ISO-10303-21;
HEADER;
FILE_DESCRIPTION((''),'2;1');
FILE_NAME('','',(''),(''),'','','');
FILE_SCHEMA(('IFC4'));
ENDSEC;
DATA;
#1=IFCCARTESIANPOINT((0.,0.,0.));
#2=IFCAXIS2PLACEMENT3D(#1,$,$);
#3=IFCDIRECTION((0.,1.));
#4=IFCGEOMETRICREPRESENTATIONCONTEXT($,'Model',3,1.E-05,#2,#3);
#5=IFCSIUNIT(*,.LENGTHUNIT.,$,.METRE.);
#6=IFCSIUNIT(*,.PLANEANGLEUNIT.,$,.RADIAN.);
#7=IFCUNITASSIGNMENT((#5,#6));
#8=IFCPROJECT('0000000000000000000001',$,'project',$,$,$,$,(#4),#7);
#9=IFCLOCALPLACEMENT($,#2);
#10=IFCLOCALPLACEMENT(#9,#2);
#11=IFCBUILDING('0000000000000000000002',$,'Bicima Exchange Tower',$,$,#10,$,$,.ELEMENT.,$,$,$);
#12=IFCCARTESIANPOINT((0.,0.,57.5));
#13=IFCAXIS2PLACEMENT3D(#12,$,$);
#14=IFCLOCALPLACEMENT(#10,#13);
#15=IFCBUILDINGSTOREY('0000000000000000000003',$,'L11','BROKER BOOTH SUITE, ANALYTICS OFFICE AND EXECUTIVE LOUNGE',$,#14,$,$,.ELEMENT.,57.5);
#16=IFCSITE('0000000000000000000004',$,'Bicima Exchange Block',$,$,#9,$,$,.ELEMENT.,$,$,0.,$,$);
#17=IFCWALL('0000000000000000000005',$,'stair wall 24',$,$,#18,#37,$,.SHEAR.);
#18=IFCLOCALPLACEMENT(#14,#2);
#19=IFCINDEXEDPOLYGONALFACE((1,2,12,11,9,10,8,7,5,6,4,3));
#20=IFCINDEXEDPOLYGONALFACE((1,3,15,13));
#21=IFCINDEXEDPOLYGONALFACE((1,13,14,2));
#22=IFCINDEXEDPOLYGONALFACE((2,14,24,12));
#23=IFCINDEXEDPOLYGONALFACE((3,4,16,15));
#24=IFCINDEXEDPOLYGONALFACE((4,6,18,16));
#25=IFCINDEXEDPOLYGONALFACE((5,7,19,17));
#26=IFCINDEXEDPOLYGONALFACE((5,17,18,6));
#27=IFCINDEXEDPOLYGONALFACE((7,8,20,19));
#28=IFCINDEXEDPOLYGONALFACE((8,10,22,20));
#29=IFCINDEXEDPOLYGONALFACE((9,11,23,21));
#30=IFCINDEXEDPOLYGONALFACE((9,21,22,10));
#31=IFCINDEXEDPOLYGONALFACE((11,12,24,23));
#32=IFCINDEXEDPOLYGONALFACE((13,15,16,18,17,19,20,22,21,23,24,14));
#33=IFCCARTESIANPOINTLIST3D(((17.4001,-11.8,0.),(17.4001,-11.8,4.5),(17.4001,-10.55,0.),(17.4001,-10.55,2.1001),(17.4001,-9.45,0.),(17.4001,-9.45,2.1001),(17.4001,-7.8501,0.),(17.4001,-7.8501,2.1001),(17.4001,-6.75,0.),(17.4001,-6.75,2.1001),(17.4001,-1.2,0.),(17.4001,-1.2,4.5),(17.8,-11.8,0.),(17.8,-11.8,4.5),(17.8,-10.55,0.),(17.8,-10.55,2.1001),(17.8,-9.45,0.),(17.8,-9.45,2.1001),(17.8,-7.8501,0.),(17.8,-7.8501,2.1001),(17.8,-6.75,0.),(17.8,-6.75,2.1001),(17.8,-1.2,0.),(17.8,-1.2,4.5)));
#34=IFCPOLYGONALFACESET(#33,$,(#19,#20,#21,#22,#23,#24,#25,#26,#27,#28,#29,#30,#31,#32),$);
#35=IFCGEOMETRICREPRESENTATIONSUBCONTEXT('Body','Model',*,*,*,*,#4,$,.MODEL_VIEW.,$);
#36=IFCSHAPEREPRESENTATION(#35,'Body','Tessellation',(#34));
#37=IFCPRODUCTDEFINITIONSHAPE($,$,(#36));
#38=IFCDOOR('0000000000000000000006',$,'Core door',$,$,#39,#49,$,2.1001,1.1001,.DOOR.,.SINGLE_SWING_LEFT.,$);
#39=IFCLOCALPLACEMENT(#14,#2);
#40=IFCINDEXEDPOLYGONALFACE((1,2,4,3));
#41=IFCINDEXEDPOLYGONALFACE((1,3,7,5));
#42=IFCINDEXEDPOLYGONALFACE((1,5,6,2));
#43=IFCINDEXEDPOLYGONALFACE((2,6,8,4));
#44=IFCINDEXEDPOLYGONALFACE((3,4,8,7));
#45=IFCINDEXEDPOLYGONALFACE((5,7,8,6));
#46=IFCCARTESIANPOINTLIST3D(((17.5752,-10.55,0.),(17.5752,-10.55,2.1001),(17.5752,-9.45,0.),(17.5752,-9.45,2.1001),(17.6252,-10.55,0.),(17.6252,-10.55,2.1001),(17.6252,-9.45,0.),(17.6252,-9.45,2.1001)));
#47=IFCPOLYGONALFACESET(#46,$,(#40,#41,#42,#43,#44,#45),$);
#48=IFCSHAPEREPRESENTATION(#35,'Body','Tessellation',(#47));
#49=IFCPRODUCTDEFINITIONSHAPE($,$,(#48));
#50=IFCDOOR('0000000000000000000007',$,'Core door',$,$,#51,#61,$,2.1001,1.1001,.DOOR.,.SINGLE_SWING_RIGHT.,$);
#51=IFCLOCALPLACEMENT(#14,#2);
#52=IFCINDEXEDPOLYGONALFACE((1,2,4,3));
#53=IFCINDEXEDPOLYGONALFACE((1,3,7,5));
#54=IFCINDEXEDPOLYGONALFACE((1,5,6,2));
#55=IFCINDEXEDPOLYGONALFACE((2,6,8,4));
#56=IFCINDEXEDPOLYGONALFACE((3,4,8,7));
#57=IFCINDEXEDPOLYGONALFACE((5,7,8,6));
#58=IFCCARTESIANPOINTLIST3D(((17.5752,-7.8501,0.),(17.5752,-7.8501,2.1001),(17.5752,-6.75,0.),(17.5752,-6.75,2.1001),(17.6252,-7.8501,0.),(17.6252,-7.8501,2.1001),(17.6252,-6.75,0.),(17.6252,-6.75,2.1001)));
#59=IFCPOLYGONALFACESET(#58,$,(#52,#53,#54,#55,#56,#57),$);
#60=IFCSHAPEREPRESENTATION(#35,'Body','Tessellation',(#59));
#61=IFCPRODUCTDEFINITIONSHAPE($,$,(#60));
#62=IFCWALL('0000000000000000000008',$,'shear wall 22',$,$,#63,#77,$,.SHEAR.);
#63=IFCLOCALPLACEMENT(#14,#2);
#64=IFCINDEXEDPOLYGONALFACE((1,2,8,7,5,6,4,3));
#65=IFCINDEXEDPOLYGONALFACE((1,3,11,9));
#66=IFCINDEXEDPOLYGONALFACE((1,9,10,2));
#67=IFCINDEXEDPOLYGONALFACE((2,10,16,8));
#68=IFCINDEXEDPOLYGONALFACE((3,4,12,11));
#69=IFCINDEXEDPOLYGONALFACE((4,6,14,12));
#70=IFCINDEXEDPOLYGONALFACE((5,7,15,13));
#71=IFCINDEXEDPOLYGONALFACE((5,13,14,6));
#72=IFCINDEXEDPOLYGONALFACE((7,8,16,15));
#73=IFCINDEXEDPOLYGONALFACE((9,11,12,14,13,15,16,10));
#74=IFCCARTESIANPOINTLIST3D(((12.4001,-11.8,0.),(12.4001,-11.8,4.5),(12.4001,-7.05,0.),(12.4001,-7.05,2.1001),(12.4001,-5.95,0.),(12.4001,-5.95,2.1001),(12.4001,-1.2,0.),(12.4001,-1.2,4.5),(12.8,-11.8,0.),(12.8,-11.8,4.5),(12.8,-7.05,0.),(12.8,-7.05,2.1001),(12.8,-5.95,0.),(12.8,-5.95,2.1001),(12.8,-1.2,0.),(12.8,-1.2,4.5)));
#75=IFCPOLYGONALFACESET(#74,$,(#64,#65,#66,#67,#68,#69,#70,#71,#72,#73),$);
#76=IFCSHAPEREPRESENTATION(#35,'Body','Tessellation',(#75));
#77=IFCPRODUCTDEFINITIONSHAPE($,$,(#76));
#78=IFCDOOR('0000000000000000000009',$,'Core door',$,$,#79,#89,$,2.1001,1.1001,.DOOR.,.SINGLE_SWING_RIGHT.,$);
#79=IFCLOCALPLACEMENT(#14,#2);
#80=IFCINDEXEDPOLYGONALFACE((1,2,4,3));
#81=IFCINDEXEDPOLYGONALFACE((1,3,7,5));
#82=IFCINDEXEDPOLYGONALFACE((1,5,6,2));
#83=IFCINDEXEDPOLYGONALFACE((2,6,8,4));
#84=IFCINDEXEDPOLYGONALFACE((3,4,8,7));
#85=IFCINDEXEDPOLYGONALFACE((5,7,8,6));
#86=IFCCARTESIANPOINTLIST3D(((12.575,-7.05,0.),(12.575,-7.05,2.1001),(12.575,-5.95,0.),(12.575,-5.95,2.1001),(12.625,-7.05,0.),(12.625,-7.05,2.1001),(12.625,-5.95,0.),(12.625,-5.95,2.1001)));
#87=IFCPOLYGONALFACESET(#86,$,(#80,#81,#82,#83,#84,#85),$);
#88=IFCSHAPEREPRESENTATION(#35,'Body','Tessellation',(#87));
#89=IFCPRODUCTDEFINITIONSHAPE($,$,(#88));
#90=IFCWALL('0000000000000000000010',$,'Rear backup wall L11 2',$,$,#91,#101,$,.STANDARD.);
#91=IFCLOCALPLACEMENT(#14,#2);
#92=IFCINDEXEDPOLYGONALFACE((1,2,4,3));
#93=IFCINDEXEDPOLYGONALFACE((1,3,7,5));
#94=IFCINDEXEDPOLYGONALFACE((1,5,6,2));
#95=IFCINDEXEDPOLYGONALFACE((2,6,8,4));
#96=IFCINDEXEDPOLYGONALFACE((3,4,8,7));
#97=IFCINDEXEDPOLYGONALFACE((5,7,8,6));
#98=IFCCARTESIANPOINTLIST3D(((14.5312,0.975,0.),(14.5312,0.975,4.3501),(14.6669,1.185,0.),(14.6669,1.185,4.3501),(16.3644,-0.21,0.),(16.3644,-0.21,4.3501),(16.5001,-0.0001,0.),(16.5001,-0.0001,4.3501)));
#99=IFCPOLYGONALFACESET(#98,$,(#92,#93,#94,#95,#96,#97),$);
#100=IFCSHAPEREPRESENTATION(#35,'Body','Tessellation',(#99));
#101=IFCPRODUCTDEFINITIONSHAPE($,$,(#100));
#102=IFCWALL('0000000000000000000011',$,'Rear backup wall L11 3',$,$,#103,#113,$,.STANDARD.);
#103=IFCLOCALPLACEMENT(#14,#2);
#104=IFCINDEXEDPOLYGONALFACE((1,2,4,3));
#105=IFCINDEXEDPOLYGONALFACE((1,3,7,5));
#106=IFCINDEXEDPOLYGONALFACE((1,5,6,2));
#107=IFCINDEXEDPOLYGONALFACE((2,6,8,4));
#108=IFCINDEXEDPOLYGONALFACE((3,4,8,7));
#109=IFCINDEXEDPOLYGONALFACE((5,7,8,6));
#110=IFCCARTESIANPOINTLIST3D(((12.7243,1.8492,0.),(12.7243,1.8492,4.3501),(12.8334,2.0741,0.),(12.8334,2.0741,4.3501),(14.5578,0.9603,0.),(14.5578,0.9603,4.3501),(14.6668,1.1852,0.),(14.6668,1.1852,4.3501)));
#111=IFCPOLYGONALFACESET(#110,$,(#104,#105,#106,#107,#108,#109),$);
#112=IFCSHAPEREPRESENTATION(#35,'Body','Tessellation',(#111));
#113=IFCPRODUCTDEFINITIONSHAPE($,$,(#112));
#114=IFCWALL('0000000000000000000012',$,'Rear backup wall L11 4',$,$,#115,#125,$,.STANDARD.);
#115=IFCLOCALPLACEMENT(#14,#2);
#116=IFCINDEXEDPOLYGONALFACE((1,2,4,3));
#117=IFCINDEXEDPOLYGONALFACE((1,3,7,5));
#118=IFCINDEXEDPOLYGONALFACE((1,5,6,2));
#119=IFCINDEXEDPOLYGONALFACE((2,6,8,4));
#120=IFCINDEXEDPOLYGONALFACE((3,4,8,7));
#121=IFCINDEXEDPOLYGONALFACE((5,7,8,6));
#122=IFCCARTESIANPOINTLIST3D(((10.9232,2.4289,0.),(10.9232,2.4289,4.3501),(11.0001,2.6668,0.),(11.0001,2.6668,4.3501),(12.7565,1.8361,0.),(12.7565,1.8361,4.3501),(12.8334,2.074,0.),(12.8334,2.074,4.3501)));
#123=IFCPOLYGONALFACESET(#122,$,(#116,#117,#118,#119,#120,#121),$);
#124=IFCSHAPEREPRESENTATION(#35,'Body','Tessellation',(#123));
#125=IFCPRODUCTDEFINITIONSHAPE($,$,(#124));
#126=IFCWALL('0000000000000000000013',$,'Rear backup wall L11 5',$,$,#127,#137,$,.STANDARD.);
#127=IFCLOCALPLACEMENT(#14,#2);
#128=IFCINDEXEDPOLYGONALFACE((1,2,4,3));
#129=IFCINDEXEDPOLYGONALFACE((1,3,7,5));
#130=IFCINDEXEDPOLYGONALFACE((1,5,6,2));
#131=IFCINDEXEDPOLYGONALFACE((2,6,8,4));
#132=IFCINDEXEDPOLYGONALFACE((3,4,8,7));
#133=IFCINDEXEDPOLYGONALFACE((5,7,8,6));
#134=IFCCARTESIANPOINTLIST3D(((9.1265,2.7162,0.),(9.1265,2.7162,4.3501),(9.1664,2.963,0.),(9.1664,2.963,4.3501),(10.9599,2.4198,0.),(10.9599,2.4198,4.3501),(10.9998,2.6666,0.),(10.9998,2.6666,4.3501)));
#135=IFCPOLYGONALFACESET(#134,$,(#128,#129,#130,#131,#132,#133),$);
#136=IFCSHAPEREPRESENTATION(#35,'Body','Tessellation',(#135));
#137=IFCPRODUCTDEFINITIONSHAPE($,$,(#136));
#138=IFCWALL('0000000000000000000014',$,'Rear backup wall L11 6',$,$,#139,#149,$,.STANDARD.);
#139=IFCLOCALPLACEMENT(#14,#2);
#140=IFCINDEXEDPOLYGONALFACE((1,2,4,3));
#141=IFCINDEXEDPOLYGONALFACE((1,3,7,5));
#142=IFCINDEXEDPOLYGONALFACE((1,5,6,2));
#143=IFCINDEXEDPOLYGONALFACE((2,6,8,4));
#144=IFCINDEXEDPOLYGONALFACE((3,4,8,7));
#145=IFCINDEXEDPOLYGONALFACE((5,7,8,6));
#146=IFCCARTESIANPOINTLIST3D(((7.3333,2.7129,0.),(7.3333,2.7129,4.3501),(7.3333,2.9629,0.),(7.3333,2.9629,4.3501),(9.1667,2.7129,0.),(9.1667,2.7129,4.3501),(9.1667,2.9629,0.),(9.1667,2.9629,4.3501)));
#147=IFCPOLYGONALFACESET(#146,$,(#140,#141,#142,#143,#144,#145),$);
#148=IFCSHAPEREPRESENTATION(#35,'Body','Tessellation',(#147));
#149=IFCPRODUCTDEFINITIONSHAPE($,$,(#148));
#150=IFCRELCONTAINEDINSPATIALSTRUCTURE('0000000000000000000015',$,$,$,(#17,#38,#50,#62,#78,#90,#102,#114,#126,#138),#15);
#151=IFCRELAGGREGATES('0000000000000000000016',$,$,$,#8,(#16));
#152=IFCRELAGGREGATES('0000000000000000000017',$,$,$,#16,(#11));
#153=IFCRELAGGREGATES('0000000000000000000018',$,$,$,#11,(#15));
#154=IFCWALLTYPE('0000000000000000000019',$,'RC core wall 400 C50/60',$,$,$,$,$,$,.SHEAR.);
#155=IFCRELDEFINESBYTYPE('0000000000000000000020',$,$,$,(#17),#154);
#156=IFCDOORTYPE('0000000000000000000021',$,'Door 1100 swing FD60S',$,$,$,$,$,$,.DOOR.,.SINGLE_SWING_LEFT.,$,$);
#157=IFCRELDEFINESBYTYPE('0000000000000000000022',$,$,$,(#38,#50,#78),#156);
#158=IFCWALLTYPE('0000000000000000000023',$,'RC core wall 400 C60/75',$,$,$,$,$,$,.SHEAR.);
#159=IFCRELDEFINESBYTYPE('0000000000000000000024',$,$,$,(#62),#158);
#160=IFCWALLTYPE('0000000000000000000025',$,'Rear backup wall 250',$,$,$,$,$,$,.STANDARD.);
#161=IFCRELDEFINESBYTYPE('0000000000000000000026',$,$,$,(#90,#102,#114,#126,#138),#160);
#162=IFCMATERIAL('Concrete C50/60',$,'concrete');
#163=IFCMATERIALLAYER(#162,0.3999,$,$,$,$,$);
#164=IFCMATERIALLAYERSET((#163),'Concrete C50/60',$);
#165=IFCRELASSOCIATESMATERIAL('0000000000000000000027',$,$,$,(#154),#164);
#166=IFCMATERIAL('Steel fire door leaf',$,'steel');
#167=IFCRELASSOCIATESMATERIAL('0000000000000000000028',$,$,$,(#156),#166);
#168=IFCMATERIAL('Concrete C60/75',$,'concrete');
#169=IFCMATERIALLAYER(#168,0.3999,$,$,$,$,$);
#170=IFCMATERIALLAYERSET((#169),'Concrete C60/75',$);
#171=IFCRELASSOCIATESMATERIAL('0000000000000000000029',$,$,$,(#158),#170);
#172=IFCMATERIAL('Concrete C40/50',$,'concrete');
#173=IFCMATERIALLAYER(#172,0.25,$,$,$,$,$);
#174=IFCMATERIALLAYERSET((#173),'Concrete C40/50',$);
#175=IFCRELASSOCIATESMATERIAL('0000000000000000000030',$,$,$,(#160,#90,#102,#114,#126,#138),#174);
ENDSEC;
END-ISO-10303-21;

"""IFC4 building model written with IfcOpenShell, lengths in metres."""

from ifc_helpers import new_model, si_unit, direction, frame, frame_2d, origin, place, context, subcontext, project, spatial, rectangle, extrude, material, layer, layer_set, layer_usage, type_object, element, fill, save


model = new_model("IFC4")

# Units and contexts
model_context = context("Model", 3, precision=1e-05, world=origin(), true_north=direction((0.0, 1.0)))
body_context = subcontext(model_context, "Body", "Model", "MODEL_VIEW")
ifc_project = project(units=[si_unit("LENGTHUNIT", "METRE"), si_unit("PLANEANGLEUNIT", "RADIAN")], contexts=[model_context])

# Site, building, storey
site_placement = place(None, origin())
site = spatial("IfcSite", under=ifc_project, at=site_placement, Name="Bicima Exchange Block", CompositionType="ELEMENT", RefElevation=0.0)
building_placement = place(site_placement, origin())
building = spatial("IfcBuilding", under=site, at=building_placement, Name="Bicima Exchange Tower", CompositionType="ELEMENT")
storey_placement = place(building_placement, frame((0.0, 0.0, 57.5)))
storey = spatial("IfcBuildingStorey", under=building, at=storey_placement, Name="L11", Description="BROKER BOOTH SUITE, ANALYTICS OFFICE AND EXECUTIVE LOUNGE", CompositionType="ELEMENT", Elevation=57.5)

# Shared definitions
ifc_material_1 = material(Name="Concrete C50/60", Category="concrete")
ifc_layer_1 = layer(ifc_material_1, 0.3999)
ifc_layer_set_1 = layer_set([ifc_layer_1], Name="Concrete C50/60")
wall_type_1 = type_object("IfcWallType", Name="RC core wall 400 C50/60", PredefinedType="SHEAR", material=ifc_layer_set_1)
ifc_material_2 = material(Name="Steel fire door leaf", Category="steel")

# Wall, openings, doors
wall_1_placement = place(storey_placement, frame((17.6001, -11.8, 0.0), z_axis=(0.0, 0.0, 1.0), x_axis=(0.0, 1.0, 0.0)))
wall_1 = element("IfcWall", 1, at=wall_1_placement, inside=storey, type_object=wall_type_1, Name="stair wall 24", PredefinedType="SHEAR", context=body_context, shape_type="SweptSolid", body=[
    extrude(rectangle(XDim=10.6001, YDim=0.3999, at=frame_2d((5.3, 0.0))), origin(), (0.0, 0.0, 1.0), 4.5),
])
opening_1_placement = place(wall_1_placement, frame((1.25, 0.0, 0.0)))
opening_1 = element("IfcOpeningElement", 2, at=opening_1_placement, cuts=wall_1, PredefinedType="OPENING", context=body_context, shape_type="SweptSolid", body=[
    extrude(rectangle(XDim=1.1001, YDim=2.1001, at=frame_2d((0.55, 1.05))), frame((0.0, 0.2119, 0.0), z_axis=(0.0, -1.0, 0.0), x_axis=(1.0, 0.0, 0.0)), (0.0, 0.0, 1.0), 0.4238),
])
opening_2_placement = place(wall_1_placement, frame((3.95, 0.0, 0.0)))
opening_2 = element("IfcOpeningElement", 3, at=opening_2_placement, cuts=wall_1, PredefinedType="OPENING", context=body_context, shape_type="SweptSolid", body=[
    extrude(rectangle(XDim=1.1001, YDim=2.1001, at=frame_2d((0.55, 1.05))), frame((0.0, 0.2119, 0.0), z_axis=(0.0, -1.0, 0.0), x_axis=(1.0, 0.0, 0.0)), (0.0, 0.0, 1.0), 0.4238),
])
door_type_1 = type_object("IfcDoorType", Name="Door 1100 swing FD60S", OperationType="SINGLE_SWING_LEFT", PredefinedType="DOOR", material=ifc_material_2)
door_1_placement = place(opening_1_placement, origin())
door_1 = element("IfcDoor", 4, at=door_1_placement, inside=storey, type_object=door_type_1, Name="Core door", OperationType="SINGLE_SWING_LEFT", OverallHeight=2.1001, OverallWidth=1.1001, PredefinedType="DOOR", context=body_context, shape_type="SweptSolid", body=[
    extrude(rectangle(XDim=1.1001, YDim=2.1001, at=frame_2d((0.55, 1.05))), frame((0.0, 0.0249, 0.0), z_axis=(0.0, -1.0, 0.0), x_axis=(1.0, 0.0, 0.0)), (0.0, 0.0, 1.0), 0.05),
])
fill(opening_1, door_1)
door_2_placement = place(opening_2_placement, origin())
door_2 = element("IfcDoor", 5, at=door_2_placement, inside=storey, type_object=door_type_1, Name="Core door", OperationType="SINGLE_SWING_RIGHT", OverallHeight=2.1001, OverallWidth=1.1001, PredefinedType="DOOR", context=body_context, shape_type="SweptSolid", body=[
    extrude(rectangle(XDim=1.1001, YDim=2.1001, at=frame_2d((0.55, 1.05))), frame((0.0, 0.0249, 0.0), z_axis=(0.0, -1.0, 0.0), x_axis=(1.0, 0.0, 0.0)), (0.0, 0.0, 1.0), 0.05),
])
fill(opening_2, door_2)

# Wall, opening, door
ifc_material_3 = material(Name="Concrete C60/75", Category="concrete")
ifc_layer_2 = layer(ifc_material_3, 0.3999)
ifc_layer_set_2 = layer_set([ifc_layer_2], Name="Concrete C60/75")
wall_type_2 = type_object("IfcWallType", Name="RC core wall 400 C60/75", PredefinedType="SHEAR", material=ifc_layer_set_2)
wall_2_placement = place(storey_placement, frame((12.6001, -11.8, 0.0), z_axis=(0.0, 0.0, 1.0), x_axis=(0.0, 1.0, 0.0)))
wall_2 = element("IfcWall", 6, at=wall_2_placement, inside=storey, type_object=wall_type_2, Name="shear wall 22", PredefinedType="SHEAR", context=body_context, shape_type="SweptSolid", body=[
    extrude(rectangle(XDim=10.6001, YDim=0.3999, at=frame_2d((5.3, 0.0))), origin(), (0.0, 0.0, 1.0), 4.5),
])
opening_3_placement = place(wall_2_placement, frame((4.75, 0.0, 0.0)))
opening_3 = element("IfcOpeningElement", 7, at=opening_3_placement, cuts=wall_2, PredefinedType="OPENING", context=body_context, shape_type="SweptSolid", body=[
    extrude(rectangle(XDim=1.1001, YDim=2.1001, at=frame_2d((0.55, 1.05))), frame((0.0, 0.2119, 0.0), z_axis=(0.0, -1.0, 0.0), x_axis=(1.0, 0.0, 0.0)), (0.0, 0.0, 1.0), 0.4238),
])
door_3_placement = place(opening_3_placement, frame((1.1001, 0.0, 0.0), z_axis=(0.0, 0.0, 1.0), x_axis=(-1.0, 0.0, 0.0)))
door_3 = element("IfcDoor", 8, at=door_3_placement, inside=storey, type_object=door_type_1, Name="Core door", OperationType="SINGLE_SWING_RIGHT", OverallHeight=2.1001, OverallWidth=1.1001, PredefinedType="DOOR", context=body_context, shape_type="SweptSolid", body=[
    extrude(rectangle(XDim=1.1001, YDim=2.1001, at=frame_2d((0.55, 1.05))), frame((0.0, 0.0249, 0.0), z_axis=(0.0, -1.0, 0.0), x_axis=(1.0, 0.0, 0.0)), (0.0, 0.0, 1.0), 0.05),
])
fill(opening_3, door_3)

# Walls
ifc_material_4 = material(Name="Concrete C40/50", Category="concrete")
ifc_layer_3 = layer(ifc_material_4, 0.25)
ifc_layer_set_3 = layer_set([ifc_layer_3], Name="Concrete C40/50")
ifc_layer_usage = layer_usage(ifc_layer_set_3, "AXIS2", "POSITIVE", -0.125)
wall_type_3 = type_object("IfcWallType", Name="Rear backup wall 250", PredefinedType="STANDARD", material=ifc_layer_set_3)
wall_3_placement = place(storey_placement, frame((16.4321, -0.105, 0.0), z_axis=(0.0, 0.0, 1.0), x_axis=(-0.839813, 0.542876, 0.0)))
element("IfcWall", 9, at=wall_3_placement, inside=storey, type_object=wall_type_3, material=ifc_layer_usage, Name="Rear backup wall L11 2", PredefinedType="STANDARD", context=body_context, shape_type="SweptSolid", body=[
    extrude(rectangle(XDim=2.1829, YDim=0.25, at=frame_2d((1.0913, 0.0))), origin(), (0.0, 0.0, 1.0), 4.3501),
])
wall_4_placement = place(storey_placement, frame((14.6123, 1.0728, 0.0), z_axis=(0.0, 0.0, 1.0), x_axis=(-0.899824, 0.436253, 0.0)))
element("IfcWall", 10, at=wall_4_placement, inside=storey, type_object=wall_type_3, material=ifc_layer_usage, Name="Rear backup wall L11 3", PredefinedType="STANDARD", context=body_context, shape_type="SweptSolid", body=[
    extrude(rectangle(XDim=2.0376, YDim=0.25, at=frame_2d((1.0188, 0.0))), origin(), (0.0, 0.0, 1.0), 4.3501),
])
wall_5_placement = place(storey_placement, frame((12.7949, 1.9551, 0.0), z_axis=(0.0, 0.0, 1.0), x_axis=(-0.951496, 0.307662, 0.0)))
element("IfcWall", 11, at=wall_5_placement, inside=storey, type_object=wall_type_3, material=ifc_layer_usage, Name="Rear backup wall L11 4", PredefinedType="STANDARD", context=body_context, shape_type="SweptSolid", body=[
    extrude(rectangle(XDim=1.9268, YDim=0.25, at=frame_2d((0.9634, 0.0))), origin(), (0.0, 0.0, 1.0), 4.3501),
])
wall_6_placement = place(storey_placement, frame((10.98, 2.5432, 0.0), z_axis=(0.0, 0.0, 1.0), x_axis=(-0.987182, 0.1596, 0.0)))
element("IfcWall", 12, at=wall_6_placement, inside=storey, type_object=wall_type_3, material=ifc_layer_usage, Name="Rear backup wall L11 5", PredefinedType="STANDARD", context=body_context, shape_type="SweptSolid", body=[
    extrude(rectangle(XDim=1.8572, YDim=0.25, at=frame_2d((0.9287, 0.0))), origin(), (0.0, 0.0, 1.0), 4.3501),
])
wall_7_placement = place(storey_placement, frame((9.1667, 2.8379, 0.0), z_axis=(0.0, 0.0, 1.0), x_axis=(-1.0, 0.0, 0.0)))
element("IfcWall", 13, at=wall_7_placement, inside=storey, type_object=wall_type_3, material=ifc_layer_usage, Name="Rear backup wall L11 6", PredefinedType="STANDARD", context=body_context, shape_type="SweptSolid", body=[
    extrude(rectangle(XDim=1.8335, YDim=0.25, at=frame_2d((0.9167, 0.0))), origin(), (0.0, 0.0, 1.0), 4.3501),
])

save(model, "model.ifc")
